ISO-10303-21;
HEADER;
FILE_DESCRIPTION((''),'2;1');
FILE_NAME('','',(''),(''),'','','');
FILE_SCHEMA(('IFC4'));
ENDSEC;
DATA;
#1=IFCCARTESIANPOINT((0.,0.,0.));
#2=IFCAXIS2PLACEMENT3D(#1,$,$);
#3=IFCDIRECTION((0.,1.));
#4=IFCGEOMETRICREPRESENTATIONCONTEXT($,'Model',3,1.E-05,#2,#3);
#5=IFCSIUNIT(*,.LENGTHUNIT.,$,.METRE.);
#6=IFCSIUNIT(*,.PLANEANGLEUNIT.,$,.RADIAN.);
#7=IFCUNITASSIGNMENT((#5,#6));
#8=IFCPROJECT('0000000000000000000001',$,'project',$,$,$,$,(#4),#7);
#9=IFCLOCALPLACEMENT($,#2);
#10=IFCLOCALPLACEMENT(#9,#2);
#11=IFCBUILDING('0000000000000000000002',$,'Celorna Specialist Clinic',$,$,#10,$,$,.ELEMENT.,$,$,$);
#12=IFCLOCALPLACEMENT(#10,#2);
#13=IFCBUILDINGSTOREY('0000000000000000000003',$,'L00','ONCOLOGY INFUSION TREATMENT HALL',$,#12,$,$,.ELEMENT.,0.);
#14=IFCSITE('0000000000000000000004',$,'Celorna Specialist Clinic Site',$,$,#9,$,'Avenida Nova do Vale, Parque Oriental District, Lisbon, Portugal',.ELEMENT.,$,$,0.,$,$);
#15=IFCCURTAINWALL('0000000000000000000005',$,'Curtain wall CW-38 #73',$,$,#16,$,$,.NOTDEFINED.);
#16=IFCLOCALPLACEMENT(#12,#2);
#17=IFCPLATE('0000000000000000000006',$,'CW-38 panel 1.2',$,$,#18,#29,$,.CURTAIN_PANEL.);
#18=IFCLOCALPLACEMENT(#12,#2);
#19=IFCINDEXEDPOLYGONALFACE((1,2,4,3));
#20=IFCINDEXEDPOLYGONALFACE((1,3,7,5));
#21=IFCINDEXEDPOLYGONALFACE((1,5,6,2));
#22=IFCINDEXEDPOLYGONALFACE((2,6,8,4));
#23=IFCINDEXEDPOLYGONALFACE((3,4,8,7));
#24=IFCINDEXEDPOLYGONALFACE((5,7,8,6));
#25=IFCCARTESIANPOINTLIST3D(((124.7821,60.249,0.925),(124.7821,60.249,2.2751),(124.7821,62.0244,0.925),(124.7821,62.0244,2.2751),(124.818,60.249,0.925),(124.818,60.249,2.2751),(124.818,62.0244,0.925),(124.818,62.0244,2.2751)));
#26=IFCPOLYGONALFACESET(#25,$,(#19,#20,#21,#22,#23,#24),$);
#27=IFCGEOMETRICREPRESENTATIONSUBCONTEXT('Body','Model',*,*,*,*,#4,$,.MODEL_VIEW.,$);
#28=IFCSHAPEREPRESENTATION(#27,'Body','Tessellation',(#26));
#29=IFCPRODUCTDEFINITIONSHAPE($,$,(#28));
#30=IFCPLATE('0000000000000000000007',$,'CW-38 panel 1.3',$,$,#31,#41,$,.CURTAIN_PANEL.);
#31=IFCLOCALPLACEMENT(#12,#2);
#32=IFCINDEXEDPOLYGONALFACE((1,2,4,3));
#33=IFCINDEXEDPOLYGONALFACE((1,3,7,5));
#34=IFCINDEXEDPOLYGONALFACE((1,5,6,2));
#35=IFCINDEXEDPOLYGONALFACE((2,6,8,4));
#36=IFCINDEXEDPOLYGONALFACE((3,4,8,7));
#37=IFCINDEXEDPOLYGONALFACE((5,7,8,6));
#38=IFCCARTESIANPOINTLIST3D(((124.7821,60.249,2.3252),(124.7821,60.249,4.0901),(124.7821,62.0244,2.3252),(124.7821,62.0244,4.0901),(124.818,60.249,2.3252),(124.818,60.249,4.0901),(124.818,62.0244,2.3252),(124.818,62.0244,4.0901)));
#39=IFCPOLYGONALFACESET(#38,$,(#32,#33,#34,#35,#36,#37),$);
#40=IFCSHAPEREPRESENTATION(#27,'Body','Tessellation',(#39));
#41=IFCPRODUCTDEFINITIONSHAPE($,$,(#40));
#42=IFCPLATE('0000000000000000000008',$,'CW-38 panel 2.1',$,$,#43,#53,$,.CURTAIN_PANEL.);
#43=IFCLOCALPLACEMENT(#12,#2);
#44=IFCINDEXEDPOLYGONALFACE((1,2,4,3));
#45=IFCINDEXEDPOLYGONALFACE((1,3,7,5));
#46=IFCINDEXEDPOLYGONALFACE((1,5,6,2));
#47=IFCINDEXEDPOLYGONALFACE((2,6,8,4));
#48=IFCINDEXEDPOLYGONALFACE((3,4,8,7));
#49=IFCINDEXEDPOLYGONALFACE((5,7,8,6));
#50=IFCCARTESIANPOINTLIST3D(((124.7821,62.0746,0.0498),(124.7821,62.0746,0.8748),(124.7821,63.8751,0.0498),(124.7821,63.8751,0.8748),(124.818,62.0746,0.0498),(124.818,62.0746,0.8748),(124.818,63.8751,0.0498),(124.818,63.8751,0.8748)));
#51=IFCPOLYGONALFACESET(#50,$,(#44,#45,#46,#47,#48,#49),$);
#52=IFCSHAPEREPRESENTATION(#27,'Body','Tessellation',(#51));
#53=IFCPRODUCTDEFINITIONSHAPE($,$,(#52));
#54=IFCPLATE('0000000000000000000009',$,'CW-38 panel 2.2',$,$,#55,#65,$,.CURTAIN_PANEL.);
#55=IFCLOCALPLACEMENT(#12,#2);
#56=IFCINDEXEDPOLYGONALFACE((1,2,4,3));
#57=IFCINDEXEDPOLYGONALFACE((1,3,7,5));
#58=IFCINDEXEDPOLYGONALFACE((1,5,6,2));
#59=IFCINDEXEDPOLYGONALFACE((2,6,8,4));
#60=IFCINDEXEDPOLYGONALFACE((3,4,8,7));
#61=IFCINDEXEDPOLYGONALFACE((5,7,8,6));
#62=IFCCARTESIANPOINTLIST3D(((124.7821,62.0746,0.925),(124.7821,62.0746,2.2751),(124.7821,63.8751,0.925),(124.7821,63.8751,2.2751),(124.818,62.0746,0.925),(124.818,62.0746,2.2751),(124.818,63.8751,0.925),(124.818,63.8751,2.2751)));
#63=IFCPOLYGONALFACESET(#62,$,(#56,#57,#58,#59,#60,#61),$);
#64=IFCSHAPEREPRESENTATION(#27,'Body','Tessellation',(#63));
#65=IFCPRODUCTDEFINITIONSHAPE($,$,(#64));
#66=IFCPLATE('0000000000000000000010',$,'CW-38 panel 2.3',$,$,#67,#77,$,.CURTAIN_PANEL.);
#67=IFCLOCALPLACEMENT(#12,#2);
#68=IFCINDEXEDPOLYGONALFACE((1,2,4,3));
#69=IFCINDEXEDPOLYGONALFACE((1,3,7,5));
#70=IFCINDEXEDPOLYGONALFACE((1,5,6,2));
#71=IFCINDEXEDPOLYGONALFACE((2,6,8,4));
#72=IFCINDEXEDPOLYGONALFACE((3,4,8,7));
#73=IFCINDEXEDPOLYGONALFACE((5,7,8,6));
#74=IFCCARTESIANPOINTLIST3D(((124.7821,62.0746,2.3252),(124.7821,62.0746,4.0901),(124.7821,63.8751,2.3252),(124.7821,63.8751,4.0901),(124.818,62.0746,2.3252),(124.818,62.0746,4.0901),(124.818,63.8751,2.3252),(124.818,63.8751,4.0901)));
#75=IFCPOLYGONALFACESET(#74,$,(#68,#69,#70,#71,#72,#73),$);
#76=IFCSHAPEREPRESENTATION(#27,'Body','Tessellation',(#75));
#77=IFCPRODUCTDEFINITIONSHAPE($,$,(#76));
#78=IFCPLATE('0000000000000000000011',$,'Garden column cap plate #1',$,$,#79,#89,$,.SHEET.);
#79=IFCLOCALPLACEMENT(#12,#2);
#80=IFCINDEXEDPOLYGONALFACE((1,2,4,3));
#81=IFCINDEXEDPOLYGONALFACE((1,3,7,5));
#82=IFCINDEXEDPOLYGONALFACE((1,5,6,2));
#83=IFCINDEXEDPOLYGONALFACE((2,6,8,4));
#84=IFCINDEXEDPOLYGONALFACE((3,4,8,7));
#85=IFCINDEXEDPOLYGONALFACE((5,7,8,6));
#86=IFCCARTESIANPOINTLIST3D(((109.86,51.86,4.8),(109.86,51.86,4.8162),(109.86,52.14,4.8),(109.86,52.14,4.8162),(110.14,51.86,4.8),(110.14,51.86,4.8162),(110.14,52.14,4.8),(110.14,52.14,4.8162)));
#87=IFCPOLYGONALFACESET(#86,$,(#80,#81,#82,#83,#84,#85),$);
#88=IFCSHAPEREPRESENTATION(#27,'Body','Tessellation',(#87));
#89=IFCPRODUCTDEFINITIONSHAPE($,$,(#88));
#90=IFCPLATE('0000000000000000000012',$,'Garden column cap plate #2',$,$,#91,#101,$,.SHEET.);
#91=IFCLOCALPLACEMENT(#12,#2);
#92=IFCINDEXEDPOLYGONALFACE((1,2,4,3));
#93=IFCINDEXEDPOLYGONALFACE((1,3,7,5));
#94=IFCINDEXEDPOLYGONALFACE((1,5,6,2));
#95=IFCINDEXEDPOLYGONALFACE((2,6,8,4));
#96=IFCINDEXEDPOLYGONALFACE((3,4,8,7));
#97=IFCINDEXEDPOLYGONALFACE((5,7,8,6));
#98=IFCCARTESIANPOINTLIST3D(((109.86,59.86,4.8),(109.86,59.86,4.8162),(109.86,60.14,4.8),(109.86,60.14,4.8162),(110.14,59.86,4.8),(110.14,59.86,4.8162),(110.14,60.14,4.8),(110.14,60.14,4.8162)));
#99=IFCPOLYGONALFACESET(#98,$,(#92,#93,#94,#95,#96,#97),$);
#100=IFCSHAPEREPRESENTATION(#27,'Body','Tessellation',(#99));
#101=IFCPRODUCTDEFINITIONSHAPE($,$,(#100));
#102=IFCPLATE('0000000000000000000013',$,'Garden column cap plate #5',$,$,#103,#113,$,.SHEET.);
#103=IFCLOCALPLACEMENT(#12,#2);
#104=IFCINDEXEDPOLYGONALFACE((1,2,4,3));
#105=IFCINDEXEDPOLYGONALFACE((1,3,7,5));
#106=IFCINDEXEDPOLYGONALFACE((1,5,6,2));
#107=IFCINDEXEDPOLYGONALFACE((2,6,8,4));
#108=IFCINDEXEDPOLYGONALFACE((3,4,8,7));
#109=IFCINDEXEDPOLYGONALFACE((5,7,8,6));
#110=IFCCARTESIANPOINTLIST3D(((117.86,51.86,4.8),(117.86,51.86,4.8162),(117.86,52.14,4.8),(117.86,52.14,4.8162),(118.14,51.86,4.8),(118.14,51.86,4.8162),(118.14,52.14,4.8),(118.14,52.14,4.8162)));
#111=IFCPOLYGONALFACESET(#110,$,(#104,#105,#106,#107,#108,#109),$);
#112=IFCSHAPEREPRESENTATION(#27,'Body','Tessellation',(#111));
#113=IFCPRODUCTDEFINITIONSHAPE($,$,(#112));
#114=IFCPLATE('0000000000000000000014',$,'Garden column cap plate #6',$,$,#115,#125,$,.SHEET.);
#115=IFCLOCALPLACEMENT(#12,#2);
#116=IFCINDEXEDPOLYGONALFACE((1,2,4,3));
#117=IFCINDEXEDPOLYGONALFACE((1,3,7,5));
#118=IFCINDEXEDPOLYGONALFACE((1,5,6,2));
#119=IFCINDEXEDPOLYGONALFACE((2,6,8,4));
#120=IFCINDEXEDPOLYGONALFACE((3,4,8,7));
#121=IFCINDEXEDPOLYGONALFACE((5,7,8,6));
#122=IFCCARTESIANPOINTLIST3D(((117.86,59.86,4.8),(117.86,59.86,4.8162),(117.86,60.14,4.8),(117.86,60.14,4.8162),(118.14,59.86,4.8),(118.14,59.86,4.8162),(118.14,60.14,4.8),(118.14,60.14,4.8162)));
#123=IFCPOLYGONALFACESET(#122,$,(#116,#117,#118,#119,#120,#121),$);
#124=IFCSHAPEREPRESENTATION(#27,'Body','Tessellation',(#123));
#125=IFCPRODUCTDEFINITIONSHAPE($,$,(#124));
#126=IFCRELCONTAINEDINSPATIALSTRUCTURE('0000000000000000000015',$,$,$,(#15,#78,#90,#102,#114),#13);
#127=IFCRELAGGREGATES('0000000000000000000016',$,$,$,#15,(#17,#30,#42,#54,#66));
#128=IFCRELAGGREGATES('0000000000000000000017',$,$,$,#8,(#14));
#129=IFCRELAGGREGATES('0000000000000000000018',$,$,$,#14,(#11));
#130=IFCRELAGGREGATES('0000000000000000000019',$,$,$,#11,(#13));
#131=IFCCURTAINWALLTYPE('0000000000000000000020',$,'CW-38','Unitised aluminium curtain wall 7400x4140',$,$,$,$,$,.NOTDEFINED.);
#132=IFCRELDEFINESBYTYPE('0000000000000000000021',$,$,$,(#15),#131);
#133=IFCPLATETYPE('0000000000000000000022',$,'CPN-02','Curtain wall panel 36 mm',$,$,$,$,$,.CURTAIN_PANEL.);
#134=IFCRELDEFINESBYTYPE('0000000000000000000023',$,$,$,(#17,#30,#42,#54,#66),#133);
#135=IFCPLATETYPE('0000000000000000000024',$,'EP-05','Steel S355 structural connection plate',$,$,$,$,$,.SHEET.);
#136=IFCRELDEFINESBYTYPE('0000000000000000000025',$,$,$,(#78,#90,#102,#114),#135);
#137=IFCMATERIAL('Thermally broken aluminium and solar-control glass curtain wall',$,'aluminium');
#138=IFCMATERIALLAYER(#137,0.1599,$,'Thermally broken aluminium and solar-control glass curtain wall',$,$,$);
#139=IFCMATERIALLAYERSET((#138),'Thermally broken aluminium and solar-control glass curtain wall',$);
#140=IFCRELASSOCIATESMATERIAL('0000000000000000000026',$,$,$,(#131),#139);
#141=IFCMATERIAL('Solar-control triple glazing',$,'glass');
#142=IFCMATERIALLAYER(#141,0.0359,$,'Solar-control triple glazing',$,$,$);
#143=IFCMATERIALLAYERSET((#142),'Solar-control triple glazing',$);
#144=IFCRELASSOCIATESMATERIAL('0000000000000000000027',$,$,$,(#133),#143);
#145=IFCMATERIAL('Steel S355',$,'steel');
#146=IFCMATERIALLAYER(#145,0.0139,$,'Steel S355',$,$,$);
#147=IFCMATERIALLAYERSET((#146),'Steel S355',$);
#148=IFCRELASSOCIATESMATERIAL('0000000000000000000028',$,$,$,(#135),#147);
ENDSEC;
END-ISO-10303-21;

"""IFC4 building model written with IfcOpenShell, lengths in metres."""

from ifc_helpers import new_model, si_unit, direction, frame, origin, origin_2d, place, context, subcontext, project, spatial, rectangle, extrude, material, layer, layer_set, type_object, element, aggregate, save


model = new_model("IFC4")

# Units and contexts
model_context = context("Model", 3, precision=1e-05, world=origin(), true_north=direction((0.0, 1.0)))
body_context = subcontext(model_context, "Body", "Model", "MODEL_VIEW")
ifc_project = project(units=[si_unit("LENGTHUNIT", "METRE"), si_unit("PLANEANGLEUNIT", "RADIAN")], contexts=[model_context])

# Site, building, storey
site_placement = place(None, origin())
site = spatial("IfcSite", under=ifc_project, at=site_placement, Name="Celorna Specialist Clinic Site", LongName="Avenida Nova do Vale, Parque Oriental District, Lisbon, Portugal", CompositionType="ELEMENT", RefElevation=0.0)
building_placement = place(site_placement, origin())
building = spatial("IfcBuilding", under=site, at=building_placement, Name="Celorna Specialist Clinic", CompositionType="ELEMENT")
storey_placement = place(building_placement, origin())
storey = spatial("IfcBuildingStorey", under=building, at=storey_placement, Name="L00", Description="ONCOLOGY INFUSION TREATMENT HALL", CompositionType="ELEMENT", Elevation=0.0)

# Shared definitions
ifc_material_1 = material(Name="Steel S355", Category="steel")

# Curtain wall, plates
ifc_material_2 = material(Name="Thermally broken aluminium and solar-control glass curtain wall", Category="aluminium")
ifc_layer_1 = layer(ifc_material_2, 0.1599, Name="Thermally broken aluminium and solar-control glass curtain wall")
ifc_layer_set_1 = layer_set([ifc_layer_1], Name="Thermally broken aluminium and solar-control glass curtain wall")
curtain_wall_type = type_object("IfcCurtainWallType", Name="CW-38", Description="Unitised aluminium curtain wall 7400x4140", PredefinedType="NOTDEFINED", material=ifc_layer_set_1)
curtain_wall_placement = place(storey_placement, origin())
curtain_wall = element("IfcCurtainWall", 1, at=curtain_wall_placement, inside=storey, type_object=curtain_wall_type, Name="Curtain wall CW-38 #73", PredefinedType="NOTDEFINED")
ifc_material_3 = material(Name="Solar-control triple glazing", Category="glass")
ifc_layer_2 = layer(ifc_material_3, 0.0359, Name="Solar-control triple glazing")
ifc_layer_set_2 = layer_set([ifc_layer_2], Name="Solar-control triple glazing")
plate_type_1 = type_object("IfcPlateType", Name="CPN-02", Description="Curtain wall panel 36 mm", PredefinedType="CURTAIN_PANEL", material=ifc_layer_set_2)
plate_1_placement = place(storey_placement, frame((124.8, 61.1367, 0.925), z_axis=(0.0, 0.0, 1.0), x_axis=(0.0, 1.0, 0.0)))
plate_1 = element("IfcPlate", 2, at=plate_1_placement, type_object=plate_type_1, Name="CW-38 panel 1.2", PredefinedType="CURTAIN_PANEL", context=body_context, shape_type="SweptSolid", body=[
    extrude(rectangle(XDim=1.7754, YDim=0.0359, at=origin_2d()), origin(), (0.0, 0.0, 1.0), 1.3501),
])
plate_2_placement = place(storey_placement, frame((124.8, 61.1367, 2.3252), z_axis=(0.0, 0.0, 1.0), x_axis=(0.0, 1.0, 0.0)))
plate_2 = element("IfcPlate", 3, at=plate_2_placement, type_object=plate_type_1, Name="CW-38 panel 1.3", PredefinedType="CURTAIN_PANEL", context=body_context, shape_type="SweptSolid", body=[
    extrude(rectangle(XDim=1.7754, YDim=0.0359, at=origin_2d()), origin(), (0.0, 0.0, 1.0), 1.7649),
])
plate_3_placement = place(storey_placement, frame((124.8, 62.9749, 0.0498), z_axis=(0.0, 0.0, 1.0), x_axis=(0.0, 1.0, 0.0)))
plate_3 = element("IfcPlate", 4, at=plate_3_placement, type_object=plate_type_1, Name="CW-38 panel 2.1", PredefinedType="CURTAIN_PANEL", context=body_context, shape_type="SweptSolid", body=[
    extrude(rectangle(XDim=1.8005, YDim=0.0359, at=origin_2d()), origin(), (0.0, 0.0, 1.0), 0.825),
])
plate_4_placement = place(storey_placement, frame((124.8, 62.9749, 0.925), z_axis=(0.0, 0.0, 1.0), x_axis=(0.0, 1.0, 0.0)))
plate_4 = element("IfcPlate", 5, at=plate_4_placement, type_object=plate_type_1, Name="CW-38 panel 2.2", PredefinedType="CURTAIN_PANEL", context=body_context, shape_type="SweptSolid", body=[
    extrude(rectangle(XDim=1.8005, YDim=0.0359, at=origin_2d()), origin(), (0.0, 0.0, 1.0), 1.3501),
])
plate_5_placement = place(storey_placement, frame((124.8, 62.9749, 2.3252), z_axis=(0.0, 0.0, 1.0), x_axis=(0.0, 1.0, 0.0)))
plate_5 = element("IfcPlate", 6, at=plate_5_placement, type_object=plate_type_1, Name="CW-38 panel 2.3", PredefinedType="CURTAIN_PANEL", context=body_context, shape_type="SweptSolid", body=[
    extrude(rectangle(XDim=1.8005, YDim=0.0359, at=origin_2d()), origin(), (0.0, 0.0, 1.0), 1.7649),
])
aggregate(curtain_wall, [plate_1, plate_2, plate_3, plate_4, plate_5])

# Plates
ifc_layer_3 = layer(ifc_material_1, 0.0139, Name="Steel S355")
ifc_layer_set_3 = layer_set([ifc_layer_3], Name="Steel S355")
plate_type_2 = type_object("IfcPlateType", Name="EP-05", Description="Steel S355 structural connection plate", PredefinedType="SHEET", material=ifc_layer_set_3)
for number, where, z_axis, x_axis, name in (
    (7, (110.0, 52.0, 4.8), (0.0, 0.0, 1.0), (1.0, 0.0, 0.0), "Garden column cap plate #1"),
    (8, (110.0, 60.0, 4.8), (0.0, 0.0, 1.0), (1.0, 0.0, 0.0), "Garden column cap plate #2"),
    (9, (118.0, 52.0, 4.8), (0.0, 0.0, 1.0), (1.0, 0.0, 0.0), "Garden column cap plate #5"),
    (10, (118.0, 60.0, 4.8), (0.0, 0.0, 1.0), (1.0, 0.0, 0.0), "Garden column cap plate #6"),
):
    element("IfcPlate", number, at=place(storey_placement, frame(where, z_axis=z_axis, x_axis=x_axis)), inside=storey, type_object=plate_type_2, Name=name, PredefinedType="SHEET", context=body_context, shape_type="SweptSolid", body=[
        extrude(rectangle(XDim=0.28, YDim=0.28, at=origin_2d()), origin(), (0.0, 0.0, 1.0), 0.0161),
    ])

save(model, "model.ifc")
